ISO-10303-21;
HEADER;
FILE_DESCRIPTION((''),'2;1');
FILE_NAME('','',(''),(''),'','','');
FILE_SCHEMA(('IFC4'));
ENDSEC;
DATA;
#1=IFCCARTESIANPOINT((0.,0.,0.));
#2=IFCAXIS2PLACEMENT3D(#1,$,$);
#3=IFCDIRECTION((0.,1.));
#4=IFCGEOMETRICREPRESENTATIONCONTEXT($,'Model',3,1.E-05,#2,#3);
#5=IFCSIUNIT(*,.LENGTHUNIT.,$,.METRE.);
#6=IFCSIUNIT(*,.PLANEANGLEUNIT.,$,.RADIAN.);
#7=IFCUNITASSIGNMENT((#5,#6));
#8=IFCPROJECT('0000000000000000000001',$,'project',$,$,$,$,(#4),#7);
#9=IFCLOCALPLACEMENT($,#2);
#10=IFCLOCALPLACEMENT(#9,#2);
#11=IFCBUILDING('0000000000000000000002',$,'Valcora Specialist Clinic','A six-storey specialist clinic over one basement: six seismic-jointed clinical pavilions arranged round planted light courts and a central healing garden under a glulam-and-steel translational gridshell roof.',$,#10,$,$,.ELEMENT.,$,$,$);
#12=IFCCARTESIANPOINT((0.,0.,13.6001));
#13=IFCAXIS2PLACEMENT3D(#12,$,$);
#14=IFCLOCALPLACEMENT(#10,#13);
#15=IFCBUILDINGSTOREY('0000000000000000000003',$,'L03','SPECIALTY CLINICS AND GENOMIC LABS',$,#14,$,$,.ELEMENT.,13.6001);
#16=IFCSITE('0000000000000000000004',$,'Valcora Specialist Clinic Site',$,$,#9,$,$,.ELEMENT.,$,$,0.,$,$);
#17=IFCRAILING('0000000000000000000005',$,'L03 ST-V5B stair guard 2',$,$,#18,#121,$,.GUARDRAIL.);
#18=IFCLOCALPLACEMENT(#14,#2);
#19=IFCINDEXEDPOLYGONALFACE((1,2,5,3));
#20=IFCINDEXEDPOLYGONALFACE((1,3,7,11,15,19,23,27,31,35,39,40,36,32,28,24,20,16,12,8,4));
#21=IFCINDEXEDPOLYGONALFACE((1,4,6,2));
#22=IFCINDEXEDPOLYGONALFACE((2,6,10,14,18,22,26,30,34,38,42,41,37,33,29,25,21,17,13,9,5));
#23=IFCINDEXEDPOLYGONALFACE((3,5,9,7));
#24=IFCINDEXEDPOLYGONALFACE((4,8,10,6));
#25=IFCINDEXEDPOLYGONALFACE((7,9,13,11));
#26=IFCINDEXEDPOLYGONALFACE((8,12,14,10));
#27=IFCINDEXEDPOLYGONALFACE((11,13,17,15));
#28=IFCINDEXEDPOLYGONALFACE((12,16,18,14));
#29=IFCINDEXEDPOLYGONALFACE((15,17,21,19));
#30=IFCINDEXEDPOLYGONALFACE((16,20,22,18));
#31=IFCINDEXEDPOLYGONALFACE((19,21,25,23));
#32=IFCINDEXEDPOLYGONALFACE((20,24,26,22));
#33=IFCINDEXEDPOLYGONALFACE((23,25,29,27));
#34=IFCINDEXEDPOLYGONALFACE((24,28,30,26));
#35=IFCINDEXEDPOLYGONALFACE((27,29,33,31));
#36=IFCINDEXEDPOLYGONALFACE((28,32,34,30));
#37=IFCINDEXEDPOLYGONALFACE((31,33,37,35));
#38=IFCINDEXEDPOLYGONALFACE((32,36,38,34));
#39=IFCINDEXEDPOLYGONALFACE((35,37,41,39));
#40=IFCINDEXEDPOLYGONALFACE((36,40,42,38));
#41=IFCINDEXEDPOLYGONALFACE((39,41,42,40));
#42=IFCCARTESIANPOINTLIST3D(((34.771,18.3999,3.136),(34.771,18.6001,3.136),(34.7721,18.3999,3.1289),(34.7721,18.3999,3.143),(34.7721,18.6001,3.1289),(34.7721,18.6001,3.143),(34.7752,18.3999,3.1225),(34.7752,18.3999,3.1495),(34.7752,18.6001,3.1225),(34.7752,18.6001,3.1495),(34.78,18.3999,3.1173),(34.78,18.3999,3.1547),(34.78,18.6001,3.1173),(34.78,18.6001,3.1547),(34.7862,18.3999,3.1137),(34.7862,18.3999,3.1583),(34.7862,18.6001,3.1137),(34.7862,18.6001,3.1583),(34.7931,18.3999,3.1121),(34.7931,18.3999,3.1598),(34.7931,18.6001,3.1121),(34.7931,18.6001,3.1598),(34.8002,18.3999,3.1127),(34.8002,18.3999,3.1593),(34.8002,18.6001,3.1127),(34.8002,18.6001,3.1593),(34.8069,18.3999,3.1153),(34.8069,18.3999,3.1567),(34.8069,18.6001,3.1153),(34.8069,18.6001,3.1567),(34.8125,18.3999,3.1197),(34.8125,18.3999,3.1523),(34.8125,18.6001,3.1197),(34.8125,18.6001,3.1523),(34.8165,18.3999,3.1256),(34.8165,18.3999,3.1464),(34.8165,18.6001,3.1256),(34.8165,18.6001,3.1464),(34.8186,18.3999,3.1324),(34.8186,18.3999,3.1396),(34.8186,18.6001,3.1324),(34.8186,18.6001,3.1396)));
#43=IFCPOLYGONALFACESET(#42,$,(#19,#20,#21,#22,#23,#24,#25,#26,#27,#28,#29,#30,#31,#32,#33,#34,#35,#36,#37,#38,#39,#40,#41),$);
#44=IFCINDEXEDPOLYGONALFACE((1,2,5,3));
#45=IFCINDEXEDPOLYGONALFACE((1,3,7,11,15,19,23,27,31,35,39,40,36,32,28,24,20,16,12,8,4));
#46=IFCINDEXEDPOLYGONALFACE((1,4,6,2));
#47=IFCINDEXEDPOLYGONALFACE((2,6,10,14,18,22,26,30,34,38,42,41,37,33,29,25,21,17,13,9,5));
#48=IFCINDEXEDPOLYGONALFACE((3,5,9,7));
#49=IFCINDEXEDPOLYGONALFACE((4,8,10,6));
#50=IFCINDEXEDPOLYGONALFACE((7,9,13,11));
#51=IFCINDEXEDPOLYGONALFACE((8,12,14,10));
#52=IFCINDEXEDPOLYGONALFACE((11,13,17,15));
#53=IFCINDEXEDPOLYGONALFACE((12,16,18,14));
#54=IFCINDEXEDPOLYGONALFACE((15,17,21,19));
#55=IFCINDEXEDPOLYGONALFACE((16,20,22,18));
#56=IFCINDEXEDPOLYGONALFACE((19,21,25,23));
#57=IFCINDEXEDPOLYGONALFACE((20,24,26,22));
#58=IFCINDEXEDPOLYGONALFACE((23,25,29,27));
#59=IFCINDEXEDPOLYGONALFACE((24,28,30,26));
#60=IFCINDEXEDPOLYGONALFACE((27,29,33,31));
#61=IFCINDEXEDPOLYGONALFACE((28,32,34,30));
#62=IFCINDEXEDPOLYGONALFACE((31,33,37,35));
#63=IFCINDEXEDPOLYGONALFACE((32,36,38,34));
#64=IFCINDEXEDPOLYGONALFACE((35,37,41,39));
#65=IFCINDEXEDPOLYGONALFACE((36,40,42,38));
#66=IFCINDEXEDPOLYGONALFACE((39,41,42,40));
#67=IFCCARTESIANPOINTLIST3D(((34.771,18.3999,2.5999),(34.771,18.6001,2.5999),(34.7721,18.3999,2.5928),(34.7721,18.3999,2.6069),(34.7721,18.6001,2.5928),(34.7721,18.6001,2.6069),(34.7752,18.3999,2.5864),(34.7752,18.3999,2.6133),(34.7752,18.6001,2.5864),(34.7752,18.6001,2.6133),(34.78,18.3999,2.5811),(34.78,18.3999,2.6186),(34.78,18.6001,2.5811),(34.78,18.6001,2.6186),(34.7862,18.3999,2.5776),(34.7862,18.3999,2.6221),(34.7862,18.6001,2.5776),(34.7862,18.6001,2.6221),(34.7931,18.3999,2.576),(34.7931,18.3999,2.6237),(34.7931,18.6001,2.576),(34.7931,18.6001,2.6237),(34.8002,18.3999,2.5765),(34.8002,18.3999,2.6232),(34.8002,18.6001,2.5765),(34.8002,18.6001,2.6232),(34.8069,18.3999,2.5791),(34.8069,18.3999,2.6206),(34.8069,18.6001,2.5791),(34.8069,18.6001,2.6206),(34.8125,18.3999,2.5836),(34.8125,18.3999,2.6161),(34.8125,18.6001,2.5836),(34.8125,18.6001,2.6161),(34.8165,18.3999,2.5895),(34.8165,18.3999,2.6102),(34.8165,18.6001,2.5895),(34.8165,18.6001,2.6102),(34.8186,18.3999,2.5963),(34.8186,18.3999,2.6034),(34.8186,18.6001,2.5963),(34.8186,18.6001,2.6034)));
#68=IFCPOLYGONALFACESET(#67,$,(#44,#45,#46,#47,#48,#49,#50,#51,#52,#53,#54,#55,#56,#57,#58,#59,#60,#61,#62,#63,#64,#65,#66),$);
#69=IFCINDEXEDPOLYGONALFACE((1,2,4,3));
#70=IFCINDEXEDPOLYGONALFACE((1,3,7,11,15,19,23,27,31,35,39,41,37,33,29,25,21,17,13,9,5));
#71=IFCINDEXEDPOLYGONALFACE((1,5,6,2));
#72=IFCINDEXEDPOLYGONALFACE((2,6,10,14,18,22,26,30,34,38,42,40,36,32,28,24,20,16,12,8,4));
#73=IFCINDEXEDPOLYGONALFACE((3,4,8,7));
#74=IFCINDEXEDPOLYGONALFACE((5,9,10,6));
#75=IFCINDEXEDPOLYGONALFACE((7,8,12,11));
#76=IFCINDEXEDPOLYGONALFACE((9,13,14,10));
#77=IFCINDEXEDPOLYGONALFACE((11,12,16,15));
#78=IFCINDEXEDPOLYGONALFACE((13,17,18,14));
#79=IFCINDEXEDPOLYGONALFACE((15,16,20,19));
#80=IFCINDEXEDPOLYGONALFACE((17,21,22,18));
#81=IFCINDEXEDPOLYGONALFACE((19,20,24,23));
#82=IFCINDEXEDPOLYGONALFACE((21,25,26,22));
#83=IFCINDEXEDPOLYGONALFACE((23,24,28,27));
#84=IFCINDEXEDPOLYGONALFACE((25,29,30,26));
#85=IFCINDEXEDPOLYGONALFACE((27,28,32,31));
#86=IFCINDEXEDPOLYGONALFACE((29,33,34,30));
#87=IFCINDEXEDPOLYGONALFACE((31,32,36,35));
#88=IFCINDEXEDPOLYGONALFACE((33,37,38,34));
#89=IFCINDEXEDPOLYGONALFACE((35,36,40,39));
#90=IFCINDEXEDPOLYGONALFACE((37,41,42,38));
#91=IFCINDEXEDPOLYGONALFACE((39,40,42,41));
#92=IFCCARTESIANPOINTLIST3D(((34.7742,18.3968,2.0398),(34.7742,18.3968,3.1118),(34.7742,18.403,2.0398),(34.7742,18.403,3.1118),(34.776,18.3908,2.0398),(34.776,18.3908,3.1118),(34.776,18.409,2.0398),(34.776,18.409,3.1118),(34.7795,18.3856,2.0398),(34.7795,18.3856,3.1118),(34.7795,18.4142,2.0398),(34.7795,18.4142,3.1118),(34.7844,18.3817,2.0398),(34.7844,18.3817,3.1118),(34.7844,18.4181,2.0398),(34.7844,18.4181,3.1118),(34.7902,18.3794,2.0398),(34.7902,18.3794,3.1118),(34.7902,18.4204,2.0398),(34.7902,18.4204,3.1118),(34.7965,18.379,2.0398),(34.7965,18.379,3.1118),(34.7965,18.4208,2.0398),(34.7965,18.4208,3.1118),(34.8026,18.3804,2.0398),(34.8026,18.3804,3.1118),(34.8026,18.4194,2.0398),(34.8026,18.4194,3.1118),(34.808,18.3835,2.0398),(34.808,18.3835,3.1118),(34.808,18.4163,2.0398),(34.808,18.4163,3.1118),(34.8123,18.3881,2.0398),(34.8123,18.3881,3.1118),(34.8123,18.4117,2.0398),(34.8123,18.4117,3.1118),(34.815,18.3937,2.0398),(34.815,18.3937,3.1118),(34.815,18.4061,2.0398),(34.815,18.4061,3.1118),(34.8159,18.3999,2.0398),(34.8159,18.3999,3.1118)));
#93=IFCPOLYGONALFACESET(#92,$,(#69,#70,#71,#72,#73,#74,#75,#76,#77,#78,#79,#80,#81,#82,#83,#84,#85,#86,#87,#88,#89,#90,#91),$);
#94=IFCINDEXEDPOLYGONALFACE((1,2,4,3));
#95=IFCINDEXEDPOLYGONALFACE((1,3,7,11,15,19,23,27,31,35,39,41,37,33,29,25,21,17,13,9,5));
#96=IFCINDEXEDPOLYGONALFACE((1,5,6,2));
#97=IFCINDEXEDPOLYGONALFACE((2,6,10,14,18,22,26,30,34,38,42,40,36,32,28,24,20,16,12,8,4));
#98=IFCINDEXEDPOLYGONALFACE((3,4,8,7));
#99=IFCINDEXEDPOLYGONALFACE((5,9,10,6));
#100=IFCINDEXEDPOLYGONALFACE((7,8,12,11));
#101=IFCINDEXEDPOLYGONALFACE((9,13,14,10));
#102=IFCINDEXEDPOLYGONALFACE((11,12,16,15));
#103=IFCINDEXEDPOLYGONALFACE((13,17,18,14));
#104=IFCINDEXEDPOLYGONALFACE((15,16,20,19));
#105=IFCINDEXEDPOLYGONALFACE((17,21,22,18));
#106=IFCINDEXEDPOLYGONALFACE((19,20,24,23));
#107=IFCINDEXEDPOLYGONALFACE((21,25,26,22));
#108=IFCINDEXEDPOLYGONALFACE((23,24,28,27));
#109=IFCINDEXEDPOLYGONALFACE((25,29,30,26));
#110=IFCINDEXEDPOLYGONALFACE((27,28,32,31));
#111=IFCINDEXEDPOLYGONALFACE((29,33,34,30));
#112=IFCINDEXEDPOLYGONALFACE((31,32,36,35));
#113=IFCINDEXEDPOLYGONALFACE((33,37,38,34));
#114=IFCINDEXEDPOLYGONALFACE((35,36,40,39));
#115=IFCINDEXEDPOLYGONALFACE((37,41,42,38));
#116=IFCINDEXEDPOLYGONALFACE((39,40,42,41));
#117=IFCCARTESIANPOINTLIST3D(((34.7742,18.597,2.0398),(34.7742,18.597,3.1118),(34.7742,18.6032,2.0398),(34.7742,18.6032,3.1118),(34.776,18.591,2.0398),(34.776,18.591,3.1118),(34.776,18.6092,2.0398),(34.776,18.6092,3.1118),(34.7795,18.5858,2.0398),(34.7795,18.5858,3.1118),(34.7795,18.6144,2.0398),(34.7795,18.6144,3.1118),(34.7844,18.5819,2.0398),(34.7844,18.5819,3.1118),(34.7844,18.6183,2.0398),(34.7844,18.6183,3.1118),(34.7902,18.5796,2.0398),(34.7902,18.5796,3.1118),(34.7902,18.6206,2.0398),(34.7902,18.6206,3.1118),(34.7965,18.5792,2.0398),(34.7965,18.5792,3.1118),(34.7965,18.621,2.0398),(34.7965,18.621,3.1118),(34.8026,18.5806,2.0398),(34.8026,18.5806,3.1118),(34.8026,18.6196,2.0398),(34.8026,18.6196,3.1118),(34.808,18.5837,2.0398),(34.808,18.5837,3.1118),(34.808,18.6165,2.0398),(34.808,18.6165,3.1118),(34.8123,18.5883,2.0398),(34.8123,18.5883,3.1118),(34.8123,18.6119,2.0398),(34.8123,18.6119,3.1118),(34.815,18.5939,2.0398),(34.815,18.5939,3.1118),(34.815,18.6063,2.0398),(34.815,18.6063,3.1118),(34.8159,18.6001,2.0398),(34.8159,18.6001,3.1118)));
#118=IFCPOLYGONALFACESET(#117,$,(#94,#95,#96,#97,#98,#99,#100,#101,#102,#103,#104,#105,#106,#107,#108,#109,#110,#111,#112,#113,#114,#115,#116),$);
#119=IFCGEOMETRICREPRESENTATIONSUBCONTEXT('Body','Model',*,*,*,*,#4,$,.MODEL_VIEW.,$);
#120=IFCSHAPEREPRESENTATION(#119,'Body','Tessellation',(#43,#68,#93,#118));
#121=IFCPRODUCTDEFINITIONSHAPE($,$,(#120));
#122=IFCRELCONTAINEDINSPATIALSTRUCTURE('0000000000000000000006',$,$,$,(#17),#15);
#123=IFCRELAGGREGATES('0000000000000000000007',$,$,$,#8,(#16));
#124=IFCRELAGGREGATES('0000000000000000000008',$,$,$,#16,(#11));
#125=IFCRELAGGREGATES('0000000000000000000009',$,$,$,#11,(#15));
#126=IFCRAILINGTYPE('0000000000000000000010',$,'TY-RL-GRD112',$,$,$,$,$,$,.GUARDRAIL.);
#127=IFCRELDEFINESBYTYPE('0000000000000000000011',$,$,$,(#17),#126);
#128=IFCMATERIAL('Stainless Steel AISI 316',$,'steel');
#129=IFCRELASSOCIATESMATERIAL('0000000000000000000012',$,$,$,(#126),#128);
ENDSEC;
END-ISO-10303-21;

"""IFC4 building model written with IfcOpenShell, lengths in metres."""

from ifc_helpers import new_model, si_unit, direction, frame, origin, origin_2d, place, context, subcontext, project, spatial, circle, extrude, material, type_object, element, save


model = new_model("IFC4")

# Units and contexts
model_context = context("Model", 3, precision=1e-05, world=origin(), true_north=direction((0.0, 1.0)))
body_context = subcontext(model_context, "Body", "Model", "MODEL_VIEW")
ifc_project = project(units=[si_unit("LENGTHUNIT", "METRE"), si_unit("PLANEANGLEUNIT", "RADIAN")], contexts=[model_context])

# Site, building, storey
site_placement = place(None, origin())
site = spatial("IfcSite", under=ifc_project, at=site_placement, Name="Valcora Specialist Clinic Site", CompositionType="ELEMENT", RefElevation=0.0)
building_placement = place(site_placement, origin())
building = spatial("IfcBuilding", under=site, at=building_placement, Name="Valcora Specialist Clinic", Description="A six-storey specialist clinic over one basement: six seismic-jointed clinical pavilions arranged round planted light courts and a central healing garden under a glulam-and-steel translational gridshell roof.", CompositionType="ELEMENT")
storey_placement = place(building_placement, frame((0.0, 0.0, 13.6001)))
storey = spatial("IfcBuildingStorey", under=building, at=storey_placement, Name="L03", Description="SPECIALTY CLINICS AND GENOMIC LABS", CompositionType="ELEMENT", Elevation=13.6001)

# Shared definitions
ifc_material_1 = material(Name="Stainless Steel AISI 316", Category="steel")

# Railing
railing_type_1 = type_object("IfcRailingType", Name="TY-RL-GRD112", PredefinedType="GUARDRAIL", material=ifc_material_1)
railing_1_placement = place(storey_placement, frame((34.7949, 18.3999, 2.0398)))
element("IfcRailing", 1, at=railing_1_placement, inside=storey, type_object=railing_type_1, Name="L03 ST-V5B stair guard 2", PredefinedType="GUARDRAIL", context=body_context, shape_type="SweptSolid", body=[
    extrude(circle(Radius=0.0239, at=origin_2d()), frame((0.0, 0.0, 1.0962), z_axis=(0.0, 1.0, 0.0), x_axis=(-1.0, 0.0, 0.0)), (0.0, 0.0, 1.0), 0.2002),
    extrude(circle(Radius=0.0239, at=origin_2d()), frame((0.0, 0.0, 0.5601), z_axis=(0.0, 1.0, 0.0), x_axis=(-1.0, 0.0, 0.0)), (0.0, 0.0, 1.0), 0.2002),
    extrude(circle(Radius=0.021, at=origin_2d()), origin(), (0.0, 0.0, 1.0), 1.072),
    extrude(circle(Radius=0.021, at=origin_2d()), frame((0.0, 0.2002, 0.0)), (0.0, 0.0, 1.0), 1.072),
])

save(model, "model.ifc")
